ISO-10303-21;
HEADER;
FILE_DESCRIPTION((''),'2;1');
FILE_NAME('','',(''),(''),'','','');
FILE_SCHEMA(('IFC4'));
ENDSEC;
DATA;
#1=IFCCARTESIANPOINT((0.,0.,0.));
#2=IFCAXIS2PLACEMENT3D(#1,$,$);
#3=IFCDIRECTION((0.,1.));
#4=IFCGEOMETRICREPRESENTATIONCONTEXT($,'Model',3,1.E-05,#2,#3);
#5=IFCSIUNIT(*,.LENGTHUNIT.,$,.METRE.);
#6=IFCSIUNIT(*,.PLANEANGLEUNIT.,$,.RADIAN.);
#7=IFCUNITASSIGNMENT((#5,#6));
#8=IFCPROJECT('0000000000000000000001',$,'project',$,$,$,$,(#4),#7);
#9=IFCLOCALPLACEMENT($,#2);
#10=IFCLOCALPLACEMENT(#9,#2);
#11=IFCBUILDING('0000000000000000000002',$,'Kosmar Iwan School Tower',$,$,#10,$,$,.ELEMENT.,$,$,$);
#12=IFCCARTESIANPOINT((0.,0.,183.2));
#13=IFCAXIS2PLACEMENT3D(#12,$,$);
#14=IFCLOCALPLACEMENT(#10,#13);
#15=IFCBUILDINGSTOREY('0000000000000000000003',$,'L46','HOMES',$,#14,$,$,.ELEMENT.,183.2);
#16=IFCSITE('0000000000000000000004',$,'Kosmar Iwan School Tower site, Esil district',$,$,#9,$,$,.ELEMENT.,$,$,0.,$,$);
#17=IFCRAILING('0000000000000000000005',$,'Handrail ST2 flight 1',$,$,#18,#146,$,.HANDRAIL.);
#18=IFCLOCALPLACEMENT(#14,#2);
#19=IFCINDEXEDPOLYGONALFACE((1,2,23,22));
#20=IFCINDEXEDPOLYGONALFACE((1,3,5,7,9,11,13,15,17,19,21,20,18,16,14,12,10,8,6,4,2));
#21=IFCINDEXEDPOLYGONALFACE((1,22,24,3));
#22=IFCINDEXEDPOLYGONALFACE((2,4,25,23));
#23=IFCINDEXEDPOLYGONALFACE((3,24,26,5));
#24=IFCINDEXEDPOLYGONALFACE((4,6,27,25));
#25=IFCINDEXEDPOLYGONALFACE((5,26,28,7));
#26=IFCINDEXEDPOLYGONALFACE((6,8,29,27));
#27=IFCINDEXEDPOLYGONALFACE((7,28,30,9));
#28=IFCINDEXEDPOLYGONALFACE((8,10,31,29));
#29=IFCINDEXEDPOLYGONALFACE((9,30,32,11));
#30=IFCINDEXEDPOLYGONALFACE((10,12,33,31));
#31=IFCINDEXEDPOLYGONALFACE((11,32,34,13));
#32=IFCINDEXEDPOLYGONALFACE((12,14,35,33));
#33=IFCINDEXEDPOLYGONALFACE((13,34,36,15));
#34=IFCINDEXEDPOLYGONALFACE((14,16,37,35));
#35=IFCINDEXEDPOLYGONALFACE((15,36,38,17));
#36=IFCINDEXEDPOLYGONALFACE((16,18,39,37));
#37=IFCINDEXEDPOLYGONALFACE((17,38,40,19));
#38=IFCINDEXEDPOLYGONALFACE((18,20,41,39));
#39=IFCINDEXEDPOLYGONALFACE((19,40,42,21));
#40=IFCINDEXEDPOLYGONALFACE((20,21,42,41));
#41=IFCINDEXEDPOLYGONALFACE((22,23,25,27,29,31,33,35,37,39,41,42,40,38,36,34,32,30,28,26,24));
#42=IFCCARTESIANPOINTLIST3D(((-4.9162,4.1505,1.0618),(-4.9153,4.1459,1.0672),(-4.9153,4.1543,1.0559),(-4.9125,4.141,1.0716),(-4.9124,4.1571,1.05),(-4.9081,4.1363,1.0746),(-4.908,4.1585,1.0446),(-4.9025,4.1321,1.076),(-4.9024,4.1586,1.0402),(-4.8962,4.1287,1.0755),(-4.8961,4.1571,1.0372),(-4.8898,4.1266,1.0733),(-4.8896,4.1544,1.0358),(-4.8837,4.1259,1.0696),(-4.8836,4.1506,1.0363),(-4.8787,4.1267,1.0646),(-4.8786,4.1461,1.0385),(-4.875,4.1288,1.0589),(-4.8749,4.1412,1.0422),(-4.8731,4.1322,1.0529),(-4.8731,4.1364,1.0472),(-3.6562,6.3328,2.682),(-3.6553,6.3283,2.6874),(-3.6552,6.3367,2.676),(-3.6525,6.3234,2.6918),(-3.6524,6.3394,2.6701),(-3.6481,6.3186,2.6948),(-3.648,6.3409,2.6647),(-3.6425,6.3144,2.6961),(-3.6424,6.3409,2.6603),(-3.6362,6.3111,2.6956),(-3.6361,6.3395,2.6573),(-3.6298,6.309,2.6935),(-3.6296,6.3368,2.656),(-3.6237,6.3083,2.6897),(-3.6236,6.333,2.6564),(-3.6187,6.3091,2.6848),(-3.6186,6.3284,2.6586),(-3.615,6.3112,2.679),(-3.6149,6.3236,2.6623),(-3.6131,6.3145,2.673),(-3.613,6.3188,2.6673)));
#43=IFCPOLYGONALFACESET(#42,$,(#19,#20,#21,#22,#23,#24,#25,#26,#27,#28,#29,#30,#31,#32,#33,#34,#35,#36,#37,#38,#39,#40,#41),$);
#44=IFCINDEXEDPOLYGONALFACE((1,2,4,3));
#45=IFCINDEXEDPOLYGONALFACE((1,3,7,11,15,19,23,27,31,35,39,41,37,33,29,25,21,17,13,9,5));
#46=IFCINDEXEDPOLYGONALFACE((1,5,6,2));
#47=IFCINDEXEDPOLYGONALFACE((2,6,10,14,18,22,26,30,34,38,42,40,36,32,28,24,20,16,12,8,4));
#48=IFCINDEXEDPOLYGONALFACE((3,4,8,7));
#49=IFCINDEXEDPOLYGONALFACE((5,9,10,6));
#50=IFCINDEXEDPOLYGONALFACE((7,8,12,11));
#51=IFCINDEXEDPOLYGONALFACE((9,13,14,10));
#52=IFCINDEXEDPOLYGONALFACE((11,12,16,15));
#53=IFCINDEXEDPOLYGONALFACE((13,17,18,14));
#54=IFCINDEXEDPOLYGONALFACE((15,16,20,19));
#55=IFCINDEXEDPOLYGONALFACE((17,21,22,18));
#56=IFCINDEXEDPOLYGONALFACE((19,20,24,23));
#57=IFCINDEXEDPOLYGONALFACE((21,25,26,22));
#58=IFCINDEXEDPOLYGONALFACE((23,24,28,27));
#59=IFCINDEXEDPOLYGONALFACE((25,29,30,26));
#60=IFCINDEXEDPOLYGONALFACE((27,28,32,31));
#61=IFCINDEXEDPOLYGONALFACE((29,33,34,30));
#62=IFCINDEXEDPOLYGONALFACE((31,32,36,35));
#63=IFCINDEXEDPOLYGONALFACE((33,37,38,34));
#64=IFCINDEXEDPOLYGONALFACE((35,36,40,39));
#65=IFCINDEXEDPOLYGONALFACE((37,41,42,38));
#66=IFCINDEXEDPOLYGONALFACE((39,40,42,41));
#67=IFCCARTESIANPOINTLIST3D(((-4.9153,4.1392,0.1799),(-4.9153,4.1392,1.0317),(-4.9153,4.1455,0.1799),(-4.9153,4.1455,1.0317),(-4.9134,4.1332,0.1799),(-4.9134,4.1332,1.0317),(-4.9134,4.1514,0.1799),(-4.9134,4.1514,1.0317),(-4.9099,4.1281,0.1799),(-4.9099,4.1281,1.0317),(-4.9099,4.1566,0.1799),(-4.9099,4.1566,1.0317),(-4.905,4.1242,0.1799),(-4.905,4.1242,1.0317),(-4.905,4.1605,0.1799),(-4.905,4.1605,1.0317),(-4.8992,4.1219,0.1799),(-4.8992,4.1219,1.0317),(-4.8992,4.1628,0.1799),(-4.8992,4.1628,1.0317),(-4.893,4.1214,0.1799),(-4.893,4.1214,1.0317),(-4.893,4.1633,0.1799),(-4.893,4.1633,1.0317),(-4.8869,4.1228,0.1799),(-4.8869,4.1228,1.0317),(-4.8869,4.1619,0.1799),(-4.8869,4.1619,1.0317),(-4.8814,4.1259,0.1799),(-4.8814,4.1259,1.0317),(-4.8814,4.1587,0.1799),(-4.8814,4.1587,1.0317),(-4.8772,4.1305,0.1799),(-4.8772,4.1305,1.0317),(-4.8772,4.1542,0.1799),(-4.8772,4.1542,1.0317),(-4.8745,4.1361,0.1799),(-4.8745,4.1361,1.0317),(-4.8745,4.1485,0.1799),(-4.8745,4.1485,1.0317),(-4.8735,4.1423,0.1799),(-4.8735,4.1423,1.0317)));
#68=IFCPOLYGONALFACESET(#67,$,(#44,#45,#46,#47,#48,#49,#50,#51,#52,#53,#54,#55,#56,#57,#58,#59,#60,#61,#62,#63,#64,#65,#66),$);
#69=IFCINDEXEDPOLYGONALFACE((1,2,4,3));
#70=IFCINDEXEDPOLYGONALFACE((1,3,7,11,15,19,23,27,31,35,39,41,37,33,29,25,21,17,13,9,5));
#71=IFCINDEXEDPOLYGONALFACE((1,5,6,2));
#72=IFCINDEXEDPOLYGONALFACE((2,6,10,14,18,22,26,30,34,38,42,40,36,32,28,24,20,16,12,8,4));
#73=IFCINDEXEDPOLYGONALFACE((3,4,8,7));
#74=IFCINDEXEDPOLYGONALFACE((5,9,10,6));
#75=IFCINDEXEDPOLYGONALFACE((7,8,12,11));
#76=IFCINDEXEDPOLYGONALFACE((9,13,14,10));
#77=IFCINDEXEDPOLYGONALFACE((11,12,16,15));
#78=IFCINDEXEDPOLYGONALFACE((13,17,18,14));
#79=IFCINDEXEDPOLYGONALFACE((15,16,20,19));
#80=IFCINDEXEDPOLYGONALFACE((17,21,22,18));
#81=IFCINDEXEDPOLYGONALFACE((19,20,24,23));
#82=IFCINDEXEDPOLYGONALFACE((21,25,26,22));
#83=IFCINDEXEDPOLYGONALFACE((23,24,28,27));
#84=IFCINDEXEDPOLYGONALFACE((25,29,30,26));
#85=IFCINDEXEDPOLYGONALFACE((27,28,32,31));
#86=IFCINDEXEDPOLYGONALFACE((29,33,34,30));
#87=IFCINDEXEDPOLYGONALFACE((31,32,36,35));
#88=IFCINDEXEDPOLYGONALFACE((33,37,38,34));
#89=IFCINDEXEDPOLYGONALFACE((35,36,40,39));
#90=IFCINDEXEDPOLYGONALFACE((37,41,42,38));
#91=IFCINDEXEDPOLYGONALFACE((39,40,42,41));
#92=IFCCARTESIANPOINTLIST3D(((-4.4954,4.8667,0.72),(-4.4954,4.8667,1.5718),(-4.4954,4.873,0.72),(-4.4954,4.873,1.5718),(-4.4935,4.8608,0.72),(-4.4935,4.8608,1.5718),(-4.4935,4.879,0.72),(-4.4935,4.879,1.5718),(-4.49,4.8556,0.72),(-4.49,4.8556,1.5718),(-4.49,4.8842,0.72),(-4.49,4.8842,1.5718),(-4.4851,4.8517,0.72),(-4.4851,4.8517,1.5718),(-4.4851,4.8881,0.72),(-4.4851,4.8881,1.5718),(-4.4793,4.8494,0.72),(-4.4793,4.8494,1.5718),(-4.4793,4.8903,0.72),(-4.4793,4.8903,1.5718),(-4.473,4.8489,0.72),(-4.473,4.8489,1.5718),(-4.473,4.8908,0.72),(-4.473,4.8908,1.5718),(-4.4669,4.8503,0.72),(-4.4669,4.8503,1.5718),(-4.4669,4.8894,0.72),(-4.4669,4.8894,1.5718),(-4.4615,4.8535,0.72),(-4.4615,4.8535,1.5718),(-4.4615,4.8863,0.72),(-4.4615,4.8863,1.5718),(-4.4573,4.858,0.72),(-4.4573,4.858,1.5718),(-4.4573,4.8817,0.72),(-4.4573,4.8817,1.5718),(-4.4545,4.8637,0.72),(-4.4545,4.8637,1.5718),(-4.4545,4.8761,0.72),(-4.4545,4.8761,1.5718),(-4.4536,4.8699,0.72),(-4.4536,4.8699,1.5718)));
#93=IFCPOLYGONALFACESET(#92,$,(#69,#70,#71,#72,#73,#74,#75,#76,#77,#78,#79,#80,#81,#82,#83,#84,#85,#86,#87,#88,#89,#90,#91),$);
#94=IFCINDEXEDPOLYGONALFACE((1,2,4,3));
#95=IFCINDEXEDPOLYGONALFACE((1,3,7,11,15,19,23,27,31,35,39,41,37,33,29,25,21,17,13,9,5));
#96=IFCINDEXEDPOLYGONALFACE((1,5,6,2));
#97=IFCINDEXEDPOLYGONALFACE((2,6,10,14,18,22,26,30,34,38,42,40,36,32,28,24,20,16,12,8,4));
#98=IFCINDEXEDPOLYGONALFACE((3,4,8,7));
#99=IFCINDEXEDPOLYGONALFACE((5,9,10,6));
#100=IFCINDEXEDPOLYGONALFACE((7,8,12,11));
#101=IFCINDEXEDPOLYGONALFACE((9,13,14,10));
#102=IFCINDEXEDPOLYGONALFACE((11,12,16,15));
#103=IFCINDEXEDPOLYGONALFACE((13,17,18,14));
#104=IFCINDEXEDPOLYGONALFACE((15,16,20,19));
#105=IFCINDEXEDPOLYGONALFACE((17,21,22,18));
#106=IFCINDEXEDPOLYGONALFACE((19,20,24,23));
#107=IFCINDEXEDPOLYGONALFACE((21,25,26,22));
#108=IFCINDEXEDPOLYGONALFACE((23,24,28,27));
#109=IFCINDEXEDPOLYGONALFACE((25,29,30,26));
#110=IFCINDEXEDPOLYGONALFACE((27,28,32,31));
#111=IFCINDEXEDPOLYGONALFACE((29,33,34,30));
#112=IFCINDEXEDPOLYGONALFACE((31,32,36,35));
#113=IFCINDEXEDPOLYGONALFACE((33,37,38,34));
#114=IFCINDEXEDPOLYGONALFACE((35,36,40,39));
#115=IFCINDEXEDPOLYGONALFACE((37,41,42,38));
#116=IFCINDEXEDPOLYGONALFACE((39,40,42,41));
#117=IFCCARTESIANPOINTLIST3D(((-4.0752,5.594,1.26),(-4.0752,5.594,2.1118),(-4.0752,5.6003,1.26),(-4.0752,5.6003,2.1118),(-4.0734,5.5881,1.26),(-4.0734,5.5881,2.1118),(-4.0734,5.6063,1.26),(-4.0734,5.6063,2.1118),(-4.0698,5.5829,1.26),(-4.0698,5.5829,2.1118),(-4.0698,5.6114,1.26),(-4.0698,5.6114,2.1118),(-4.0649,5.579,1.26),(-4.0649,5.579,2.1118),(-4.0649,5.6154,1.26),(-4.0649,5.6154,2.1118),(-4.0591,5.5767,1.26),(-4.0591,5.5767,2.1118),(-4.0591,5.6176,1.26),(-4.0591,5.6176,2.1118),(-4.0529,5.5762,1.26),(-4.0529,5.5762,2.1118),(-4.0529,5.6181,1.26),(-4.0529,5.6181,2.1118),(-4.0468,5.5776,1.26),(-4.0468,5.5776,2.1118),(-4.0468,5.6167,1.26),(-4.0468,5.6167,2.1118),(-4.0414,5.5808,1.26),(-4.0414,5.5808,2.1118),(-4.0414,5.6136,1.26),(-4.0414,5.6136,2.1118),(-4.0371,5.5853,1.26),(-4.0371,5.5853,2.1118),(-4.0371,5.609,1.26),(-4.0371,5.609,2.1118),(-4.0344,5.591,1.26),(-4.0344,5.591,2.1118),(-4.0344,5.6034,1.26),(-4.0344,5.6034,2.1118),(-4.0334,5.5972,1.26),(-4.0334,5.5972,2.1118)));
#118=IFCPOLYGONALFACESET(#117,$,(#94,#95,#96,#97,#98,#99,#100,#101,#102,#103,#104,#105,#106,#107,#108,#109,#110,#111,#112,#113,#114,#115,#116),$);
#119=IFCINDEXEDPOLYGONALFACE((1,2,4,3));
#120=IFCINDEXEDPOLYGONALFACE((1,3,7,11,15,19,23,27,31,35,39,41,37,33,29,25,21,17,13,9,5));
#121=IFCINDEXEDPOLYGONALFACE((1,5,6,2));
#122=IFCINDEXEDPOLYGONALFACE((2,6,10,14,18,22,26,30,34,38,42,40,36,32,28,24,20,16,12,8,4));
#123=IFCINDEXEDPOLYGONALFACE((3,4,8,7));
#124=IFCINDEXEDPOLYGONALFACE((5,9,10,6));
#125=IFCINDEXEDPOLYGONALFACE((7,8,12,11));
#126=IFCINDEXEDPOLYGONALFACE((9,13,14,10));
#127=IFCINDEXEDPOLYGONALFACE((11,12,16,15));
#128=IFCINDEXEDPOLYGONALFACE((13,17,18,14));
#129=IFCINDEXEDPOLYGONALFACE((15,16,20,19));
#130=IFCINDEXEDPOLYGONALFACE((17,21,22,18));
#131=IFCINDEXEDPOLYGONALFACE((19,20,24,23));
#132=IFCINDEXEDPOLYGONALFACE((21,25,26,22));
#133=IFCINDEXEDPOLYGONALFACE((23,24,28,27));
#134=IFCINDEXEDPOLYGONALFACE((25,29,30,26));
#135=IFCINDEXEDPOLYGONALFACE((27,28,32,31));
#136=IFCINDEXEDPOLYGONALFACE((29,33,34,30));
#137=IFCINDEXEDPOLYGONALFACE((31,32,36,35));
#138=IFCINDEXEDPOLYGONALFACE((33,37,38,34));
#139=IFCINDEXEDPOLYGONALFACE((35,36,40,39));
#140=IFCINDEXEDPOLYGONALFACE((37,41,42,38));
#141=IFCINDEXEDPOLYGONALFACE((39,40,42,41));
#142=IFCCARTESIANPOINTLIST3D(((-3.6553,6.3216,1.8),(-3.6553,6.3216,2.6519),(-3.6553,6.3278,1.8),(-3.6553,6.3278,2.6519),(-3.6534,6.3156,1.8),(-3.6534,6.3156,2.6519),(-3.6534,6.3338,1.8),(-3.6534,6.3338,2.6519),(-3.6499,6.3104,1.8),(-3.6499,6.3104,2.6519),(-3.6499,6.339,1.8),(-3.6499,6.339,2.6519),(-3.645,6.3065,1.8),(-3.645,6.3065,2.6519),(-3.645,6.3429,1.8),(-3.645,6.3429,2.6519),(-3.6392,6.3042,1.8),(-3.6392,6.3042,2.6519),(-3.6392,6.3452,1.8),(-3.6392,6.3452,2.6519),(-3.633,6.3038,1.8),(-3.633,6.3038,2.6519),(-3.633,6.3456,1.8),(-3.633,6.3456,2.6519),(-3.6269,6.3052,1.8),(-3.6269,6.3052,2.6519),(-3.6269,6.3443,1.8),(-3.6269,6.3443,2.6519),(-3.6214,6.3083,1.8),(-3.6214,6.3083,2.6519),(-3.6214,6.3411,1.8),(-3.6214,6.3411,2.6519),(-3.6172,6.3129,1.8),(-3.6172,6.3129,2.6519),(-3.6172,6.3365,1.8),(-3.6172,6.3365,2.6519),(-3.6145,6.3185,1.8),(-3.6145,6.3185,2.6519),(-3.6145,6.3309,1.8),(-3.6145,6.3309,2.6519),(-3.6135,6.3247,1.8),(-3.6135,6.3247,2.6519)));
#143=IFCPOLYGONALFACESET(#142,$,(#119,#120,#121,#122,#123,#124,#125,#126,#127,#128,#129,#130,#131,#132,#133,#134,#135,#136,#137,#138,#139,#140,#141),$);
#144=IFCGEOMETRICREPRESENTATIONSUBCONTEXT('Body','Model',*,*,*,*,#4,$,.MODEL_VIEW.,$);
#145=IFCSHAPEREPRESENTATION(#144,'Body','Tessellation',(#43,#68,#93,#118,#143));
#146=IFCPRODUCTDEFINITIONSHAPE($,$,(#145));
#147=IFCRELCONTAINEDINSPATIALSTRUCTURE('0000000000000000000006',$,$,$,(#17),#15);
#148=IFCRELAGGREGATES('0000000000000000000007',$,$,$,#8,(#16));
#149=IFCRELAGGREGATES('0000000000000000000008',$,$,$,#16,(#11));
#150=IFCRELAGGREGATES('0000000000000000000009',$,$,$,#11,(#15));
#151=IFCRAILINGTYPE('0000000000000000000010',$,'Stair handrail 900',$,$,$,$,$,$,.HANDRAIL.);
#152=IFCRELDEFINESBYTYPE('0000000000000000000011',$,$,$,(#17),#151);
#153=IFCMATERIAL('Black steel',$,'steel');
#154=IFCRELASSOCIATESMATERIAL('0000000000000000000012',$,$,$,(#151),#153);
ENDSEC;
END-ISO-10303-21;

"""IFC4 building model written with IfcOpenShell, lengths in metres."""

from ifc_helpers import new_model, si_unit, direction, frame, origin, origin_2d, place, context, subcontext, project, spatial, circle, extrude, material, type_object, element, save


model = new_model("IFC4")

# Units and contexts
model_context = context("Model", 3, precision=1e-05, world=origin(), true_north=direction((0.0, 1.0)))
body_context = subcontext(model_context, "Body", "Model", "MODEL_VIEW")
ifc_project = project(units=[si_unit("LENGTHUNIT", "METRE"), si_unit("PLANEANGLEUNIT", "RADIAN")], contexts=[model_context])

# Site, building, storey
site_placement = place(None, origin())
site = spatial("IfcSite", under=ifc_project, at=site_placement, Name="Kosmar Iwan School Tower site, Esil district", CompositionType="ELEMENT", RefElevation=0.0)
building_placement = place(site_placement, origin())
building = spatial("IfcBuilding", under=site, at=building_placement, Name="Kosmar Iwan School Tower", CompositionType="ELEMENT")
storey_placement = place(building_placement, frame((0.0, 0.0, 183.2)))
storey = spatial("IfcBuildingStorey", under=building, at=storey_placement, Name="L46", Description="HOMES", CompositionType="ELEMENT", Elevation=183.2)

# Railing
ifc_material_1 = material(Name="Black steel", Category="steel")
railing_type = type_object("IfcRailingType", Name="Stair handrail 900", PredefinedType="HANDRAIL", material=ifc_material_1)
railing_placement = place(storey_placement, frame((-4.8945, 4.1423, 0.1799)))
element("IfcRailing", 1, at=railing_placement, inside=storey, type_object=railing_type, Name="Handrail ST2 flight 1", PredefinedType="HANDRAIL", context=body_context, shape_type="SweptSolid", body=[
    extrude(circle(Radius=0.0239, at=origin_2d()), frame((0.0, 0.0, 0.876), z_axis=(0.420584, 0.728464, 0.540786), x_axis=(-0.866023, 0.500005, 0.0)), (0.0, 0.0, 1.0), 2.9958),
    extrude(circle(Radius=0.021, at=origin_2d()), origin(), (0.0, 0.0, 1.0), 0.8518),
    extrude(circle(Radius=0.021, at=origin_2d()), frame((0.4199, 0.7275, 0.54)), (0.0, 0.0, 1.0), 0.8518),
    extrude(circle(Radius=0.021, at=origin_2d()), frame((0.8401, 1.4548, 1.0801)), (0.0, 0.0, 1.0), 0.8518),
    extrude(circle(Radius=0.021, at=origin_2d()), frame((1.26, 2.1824, 1.6201)), (0.0, 0.0, 1.0), 0.8518),
])

save(model, "model.ifc")
